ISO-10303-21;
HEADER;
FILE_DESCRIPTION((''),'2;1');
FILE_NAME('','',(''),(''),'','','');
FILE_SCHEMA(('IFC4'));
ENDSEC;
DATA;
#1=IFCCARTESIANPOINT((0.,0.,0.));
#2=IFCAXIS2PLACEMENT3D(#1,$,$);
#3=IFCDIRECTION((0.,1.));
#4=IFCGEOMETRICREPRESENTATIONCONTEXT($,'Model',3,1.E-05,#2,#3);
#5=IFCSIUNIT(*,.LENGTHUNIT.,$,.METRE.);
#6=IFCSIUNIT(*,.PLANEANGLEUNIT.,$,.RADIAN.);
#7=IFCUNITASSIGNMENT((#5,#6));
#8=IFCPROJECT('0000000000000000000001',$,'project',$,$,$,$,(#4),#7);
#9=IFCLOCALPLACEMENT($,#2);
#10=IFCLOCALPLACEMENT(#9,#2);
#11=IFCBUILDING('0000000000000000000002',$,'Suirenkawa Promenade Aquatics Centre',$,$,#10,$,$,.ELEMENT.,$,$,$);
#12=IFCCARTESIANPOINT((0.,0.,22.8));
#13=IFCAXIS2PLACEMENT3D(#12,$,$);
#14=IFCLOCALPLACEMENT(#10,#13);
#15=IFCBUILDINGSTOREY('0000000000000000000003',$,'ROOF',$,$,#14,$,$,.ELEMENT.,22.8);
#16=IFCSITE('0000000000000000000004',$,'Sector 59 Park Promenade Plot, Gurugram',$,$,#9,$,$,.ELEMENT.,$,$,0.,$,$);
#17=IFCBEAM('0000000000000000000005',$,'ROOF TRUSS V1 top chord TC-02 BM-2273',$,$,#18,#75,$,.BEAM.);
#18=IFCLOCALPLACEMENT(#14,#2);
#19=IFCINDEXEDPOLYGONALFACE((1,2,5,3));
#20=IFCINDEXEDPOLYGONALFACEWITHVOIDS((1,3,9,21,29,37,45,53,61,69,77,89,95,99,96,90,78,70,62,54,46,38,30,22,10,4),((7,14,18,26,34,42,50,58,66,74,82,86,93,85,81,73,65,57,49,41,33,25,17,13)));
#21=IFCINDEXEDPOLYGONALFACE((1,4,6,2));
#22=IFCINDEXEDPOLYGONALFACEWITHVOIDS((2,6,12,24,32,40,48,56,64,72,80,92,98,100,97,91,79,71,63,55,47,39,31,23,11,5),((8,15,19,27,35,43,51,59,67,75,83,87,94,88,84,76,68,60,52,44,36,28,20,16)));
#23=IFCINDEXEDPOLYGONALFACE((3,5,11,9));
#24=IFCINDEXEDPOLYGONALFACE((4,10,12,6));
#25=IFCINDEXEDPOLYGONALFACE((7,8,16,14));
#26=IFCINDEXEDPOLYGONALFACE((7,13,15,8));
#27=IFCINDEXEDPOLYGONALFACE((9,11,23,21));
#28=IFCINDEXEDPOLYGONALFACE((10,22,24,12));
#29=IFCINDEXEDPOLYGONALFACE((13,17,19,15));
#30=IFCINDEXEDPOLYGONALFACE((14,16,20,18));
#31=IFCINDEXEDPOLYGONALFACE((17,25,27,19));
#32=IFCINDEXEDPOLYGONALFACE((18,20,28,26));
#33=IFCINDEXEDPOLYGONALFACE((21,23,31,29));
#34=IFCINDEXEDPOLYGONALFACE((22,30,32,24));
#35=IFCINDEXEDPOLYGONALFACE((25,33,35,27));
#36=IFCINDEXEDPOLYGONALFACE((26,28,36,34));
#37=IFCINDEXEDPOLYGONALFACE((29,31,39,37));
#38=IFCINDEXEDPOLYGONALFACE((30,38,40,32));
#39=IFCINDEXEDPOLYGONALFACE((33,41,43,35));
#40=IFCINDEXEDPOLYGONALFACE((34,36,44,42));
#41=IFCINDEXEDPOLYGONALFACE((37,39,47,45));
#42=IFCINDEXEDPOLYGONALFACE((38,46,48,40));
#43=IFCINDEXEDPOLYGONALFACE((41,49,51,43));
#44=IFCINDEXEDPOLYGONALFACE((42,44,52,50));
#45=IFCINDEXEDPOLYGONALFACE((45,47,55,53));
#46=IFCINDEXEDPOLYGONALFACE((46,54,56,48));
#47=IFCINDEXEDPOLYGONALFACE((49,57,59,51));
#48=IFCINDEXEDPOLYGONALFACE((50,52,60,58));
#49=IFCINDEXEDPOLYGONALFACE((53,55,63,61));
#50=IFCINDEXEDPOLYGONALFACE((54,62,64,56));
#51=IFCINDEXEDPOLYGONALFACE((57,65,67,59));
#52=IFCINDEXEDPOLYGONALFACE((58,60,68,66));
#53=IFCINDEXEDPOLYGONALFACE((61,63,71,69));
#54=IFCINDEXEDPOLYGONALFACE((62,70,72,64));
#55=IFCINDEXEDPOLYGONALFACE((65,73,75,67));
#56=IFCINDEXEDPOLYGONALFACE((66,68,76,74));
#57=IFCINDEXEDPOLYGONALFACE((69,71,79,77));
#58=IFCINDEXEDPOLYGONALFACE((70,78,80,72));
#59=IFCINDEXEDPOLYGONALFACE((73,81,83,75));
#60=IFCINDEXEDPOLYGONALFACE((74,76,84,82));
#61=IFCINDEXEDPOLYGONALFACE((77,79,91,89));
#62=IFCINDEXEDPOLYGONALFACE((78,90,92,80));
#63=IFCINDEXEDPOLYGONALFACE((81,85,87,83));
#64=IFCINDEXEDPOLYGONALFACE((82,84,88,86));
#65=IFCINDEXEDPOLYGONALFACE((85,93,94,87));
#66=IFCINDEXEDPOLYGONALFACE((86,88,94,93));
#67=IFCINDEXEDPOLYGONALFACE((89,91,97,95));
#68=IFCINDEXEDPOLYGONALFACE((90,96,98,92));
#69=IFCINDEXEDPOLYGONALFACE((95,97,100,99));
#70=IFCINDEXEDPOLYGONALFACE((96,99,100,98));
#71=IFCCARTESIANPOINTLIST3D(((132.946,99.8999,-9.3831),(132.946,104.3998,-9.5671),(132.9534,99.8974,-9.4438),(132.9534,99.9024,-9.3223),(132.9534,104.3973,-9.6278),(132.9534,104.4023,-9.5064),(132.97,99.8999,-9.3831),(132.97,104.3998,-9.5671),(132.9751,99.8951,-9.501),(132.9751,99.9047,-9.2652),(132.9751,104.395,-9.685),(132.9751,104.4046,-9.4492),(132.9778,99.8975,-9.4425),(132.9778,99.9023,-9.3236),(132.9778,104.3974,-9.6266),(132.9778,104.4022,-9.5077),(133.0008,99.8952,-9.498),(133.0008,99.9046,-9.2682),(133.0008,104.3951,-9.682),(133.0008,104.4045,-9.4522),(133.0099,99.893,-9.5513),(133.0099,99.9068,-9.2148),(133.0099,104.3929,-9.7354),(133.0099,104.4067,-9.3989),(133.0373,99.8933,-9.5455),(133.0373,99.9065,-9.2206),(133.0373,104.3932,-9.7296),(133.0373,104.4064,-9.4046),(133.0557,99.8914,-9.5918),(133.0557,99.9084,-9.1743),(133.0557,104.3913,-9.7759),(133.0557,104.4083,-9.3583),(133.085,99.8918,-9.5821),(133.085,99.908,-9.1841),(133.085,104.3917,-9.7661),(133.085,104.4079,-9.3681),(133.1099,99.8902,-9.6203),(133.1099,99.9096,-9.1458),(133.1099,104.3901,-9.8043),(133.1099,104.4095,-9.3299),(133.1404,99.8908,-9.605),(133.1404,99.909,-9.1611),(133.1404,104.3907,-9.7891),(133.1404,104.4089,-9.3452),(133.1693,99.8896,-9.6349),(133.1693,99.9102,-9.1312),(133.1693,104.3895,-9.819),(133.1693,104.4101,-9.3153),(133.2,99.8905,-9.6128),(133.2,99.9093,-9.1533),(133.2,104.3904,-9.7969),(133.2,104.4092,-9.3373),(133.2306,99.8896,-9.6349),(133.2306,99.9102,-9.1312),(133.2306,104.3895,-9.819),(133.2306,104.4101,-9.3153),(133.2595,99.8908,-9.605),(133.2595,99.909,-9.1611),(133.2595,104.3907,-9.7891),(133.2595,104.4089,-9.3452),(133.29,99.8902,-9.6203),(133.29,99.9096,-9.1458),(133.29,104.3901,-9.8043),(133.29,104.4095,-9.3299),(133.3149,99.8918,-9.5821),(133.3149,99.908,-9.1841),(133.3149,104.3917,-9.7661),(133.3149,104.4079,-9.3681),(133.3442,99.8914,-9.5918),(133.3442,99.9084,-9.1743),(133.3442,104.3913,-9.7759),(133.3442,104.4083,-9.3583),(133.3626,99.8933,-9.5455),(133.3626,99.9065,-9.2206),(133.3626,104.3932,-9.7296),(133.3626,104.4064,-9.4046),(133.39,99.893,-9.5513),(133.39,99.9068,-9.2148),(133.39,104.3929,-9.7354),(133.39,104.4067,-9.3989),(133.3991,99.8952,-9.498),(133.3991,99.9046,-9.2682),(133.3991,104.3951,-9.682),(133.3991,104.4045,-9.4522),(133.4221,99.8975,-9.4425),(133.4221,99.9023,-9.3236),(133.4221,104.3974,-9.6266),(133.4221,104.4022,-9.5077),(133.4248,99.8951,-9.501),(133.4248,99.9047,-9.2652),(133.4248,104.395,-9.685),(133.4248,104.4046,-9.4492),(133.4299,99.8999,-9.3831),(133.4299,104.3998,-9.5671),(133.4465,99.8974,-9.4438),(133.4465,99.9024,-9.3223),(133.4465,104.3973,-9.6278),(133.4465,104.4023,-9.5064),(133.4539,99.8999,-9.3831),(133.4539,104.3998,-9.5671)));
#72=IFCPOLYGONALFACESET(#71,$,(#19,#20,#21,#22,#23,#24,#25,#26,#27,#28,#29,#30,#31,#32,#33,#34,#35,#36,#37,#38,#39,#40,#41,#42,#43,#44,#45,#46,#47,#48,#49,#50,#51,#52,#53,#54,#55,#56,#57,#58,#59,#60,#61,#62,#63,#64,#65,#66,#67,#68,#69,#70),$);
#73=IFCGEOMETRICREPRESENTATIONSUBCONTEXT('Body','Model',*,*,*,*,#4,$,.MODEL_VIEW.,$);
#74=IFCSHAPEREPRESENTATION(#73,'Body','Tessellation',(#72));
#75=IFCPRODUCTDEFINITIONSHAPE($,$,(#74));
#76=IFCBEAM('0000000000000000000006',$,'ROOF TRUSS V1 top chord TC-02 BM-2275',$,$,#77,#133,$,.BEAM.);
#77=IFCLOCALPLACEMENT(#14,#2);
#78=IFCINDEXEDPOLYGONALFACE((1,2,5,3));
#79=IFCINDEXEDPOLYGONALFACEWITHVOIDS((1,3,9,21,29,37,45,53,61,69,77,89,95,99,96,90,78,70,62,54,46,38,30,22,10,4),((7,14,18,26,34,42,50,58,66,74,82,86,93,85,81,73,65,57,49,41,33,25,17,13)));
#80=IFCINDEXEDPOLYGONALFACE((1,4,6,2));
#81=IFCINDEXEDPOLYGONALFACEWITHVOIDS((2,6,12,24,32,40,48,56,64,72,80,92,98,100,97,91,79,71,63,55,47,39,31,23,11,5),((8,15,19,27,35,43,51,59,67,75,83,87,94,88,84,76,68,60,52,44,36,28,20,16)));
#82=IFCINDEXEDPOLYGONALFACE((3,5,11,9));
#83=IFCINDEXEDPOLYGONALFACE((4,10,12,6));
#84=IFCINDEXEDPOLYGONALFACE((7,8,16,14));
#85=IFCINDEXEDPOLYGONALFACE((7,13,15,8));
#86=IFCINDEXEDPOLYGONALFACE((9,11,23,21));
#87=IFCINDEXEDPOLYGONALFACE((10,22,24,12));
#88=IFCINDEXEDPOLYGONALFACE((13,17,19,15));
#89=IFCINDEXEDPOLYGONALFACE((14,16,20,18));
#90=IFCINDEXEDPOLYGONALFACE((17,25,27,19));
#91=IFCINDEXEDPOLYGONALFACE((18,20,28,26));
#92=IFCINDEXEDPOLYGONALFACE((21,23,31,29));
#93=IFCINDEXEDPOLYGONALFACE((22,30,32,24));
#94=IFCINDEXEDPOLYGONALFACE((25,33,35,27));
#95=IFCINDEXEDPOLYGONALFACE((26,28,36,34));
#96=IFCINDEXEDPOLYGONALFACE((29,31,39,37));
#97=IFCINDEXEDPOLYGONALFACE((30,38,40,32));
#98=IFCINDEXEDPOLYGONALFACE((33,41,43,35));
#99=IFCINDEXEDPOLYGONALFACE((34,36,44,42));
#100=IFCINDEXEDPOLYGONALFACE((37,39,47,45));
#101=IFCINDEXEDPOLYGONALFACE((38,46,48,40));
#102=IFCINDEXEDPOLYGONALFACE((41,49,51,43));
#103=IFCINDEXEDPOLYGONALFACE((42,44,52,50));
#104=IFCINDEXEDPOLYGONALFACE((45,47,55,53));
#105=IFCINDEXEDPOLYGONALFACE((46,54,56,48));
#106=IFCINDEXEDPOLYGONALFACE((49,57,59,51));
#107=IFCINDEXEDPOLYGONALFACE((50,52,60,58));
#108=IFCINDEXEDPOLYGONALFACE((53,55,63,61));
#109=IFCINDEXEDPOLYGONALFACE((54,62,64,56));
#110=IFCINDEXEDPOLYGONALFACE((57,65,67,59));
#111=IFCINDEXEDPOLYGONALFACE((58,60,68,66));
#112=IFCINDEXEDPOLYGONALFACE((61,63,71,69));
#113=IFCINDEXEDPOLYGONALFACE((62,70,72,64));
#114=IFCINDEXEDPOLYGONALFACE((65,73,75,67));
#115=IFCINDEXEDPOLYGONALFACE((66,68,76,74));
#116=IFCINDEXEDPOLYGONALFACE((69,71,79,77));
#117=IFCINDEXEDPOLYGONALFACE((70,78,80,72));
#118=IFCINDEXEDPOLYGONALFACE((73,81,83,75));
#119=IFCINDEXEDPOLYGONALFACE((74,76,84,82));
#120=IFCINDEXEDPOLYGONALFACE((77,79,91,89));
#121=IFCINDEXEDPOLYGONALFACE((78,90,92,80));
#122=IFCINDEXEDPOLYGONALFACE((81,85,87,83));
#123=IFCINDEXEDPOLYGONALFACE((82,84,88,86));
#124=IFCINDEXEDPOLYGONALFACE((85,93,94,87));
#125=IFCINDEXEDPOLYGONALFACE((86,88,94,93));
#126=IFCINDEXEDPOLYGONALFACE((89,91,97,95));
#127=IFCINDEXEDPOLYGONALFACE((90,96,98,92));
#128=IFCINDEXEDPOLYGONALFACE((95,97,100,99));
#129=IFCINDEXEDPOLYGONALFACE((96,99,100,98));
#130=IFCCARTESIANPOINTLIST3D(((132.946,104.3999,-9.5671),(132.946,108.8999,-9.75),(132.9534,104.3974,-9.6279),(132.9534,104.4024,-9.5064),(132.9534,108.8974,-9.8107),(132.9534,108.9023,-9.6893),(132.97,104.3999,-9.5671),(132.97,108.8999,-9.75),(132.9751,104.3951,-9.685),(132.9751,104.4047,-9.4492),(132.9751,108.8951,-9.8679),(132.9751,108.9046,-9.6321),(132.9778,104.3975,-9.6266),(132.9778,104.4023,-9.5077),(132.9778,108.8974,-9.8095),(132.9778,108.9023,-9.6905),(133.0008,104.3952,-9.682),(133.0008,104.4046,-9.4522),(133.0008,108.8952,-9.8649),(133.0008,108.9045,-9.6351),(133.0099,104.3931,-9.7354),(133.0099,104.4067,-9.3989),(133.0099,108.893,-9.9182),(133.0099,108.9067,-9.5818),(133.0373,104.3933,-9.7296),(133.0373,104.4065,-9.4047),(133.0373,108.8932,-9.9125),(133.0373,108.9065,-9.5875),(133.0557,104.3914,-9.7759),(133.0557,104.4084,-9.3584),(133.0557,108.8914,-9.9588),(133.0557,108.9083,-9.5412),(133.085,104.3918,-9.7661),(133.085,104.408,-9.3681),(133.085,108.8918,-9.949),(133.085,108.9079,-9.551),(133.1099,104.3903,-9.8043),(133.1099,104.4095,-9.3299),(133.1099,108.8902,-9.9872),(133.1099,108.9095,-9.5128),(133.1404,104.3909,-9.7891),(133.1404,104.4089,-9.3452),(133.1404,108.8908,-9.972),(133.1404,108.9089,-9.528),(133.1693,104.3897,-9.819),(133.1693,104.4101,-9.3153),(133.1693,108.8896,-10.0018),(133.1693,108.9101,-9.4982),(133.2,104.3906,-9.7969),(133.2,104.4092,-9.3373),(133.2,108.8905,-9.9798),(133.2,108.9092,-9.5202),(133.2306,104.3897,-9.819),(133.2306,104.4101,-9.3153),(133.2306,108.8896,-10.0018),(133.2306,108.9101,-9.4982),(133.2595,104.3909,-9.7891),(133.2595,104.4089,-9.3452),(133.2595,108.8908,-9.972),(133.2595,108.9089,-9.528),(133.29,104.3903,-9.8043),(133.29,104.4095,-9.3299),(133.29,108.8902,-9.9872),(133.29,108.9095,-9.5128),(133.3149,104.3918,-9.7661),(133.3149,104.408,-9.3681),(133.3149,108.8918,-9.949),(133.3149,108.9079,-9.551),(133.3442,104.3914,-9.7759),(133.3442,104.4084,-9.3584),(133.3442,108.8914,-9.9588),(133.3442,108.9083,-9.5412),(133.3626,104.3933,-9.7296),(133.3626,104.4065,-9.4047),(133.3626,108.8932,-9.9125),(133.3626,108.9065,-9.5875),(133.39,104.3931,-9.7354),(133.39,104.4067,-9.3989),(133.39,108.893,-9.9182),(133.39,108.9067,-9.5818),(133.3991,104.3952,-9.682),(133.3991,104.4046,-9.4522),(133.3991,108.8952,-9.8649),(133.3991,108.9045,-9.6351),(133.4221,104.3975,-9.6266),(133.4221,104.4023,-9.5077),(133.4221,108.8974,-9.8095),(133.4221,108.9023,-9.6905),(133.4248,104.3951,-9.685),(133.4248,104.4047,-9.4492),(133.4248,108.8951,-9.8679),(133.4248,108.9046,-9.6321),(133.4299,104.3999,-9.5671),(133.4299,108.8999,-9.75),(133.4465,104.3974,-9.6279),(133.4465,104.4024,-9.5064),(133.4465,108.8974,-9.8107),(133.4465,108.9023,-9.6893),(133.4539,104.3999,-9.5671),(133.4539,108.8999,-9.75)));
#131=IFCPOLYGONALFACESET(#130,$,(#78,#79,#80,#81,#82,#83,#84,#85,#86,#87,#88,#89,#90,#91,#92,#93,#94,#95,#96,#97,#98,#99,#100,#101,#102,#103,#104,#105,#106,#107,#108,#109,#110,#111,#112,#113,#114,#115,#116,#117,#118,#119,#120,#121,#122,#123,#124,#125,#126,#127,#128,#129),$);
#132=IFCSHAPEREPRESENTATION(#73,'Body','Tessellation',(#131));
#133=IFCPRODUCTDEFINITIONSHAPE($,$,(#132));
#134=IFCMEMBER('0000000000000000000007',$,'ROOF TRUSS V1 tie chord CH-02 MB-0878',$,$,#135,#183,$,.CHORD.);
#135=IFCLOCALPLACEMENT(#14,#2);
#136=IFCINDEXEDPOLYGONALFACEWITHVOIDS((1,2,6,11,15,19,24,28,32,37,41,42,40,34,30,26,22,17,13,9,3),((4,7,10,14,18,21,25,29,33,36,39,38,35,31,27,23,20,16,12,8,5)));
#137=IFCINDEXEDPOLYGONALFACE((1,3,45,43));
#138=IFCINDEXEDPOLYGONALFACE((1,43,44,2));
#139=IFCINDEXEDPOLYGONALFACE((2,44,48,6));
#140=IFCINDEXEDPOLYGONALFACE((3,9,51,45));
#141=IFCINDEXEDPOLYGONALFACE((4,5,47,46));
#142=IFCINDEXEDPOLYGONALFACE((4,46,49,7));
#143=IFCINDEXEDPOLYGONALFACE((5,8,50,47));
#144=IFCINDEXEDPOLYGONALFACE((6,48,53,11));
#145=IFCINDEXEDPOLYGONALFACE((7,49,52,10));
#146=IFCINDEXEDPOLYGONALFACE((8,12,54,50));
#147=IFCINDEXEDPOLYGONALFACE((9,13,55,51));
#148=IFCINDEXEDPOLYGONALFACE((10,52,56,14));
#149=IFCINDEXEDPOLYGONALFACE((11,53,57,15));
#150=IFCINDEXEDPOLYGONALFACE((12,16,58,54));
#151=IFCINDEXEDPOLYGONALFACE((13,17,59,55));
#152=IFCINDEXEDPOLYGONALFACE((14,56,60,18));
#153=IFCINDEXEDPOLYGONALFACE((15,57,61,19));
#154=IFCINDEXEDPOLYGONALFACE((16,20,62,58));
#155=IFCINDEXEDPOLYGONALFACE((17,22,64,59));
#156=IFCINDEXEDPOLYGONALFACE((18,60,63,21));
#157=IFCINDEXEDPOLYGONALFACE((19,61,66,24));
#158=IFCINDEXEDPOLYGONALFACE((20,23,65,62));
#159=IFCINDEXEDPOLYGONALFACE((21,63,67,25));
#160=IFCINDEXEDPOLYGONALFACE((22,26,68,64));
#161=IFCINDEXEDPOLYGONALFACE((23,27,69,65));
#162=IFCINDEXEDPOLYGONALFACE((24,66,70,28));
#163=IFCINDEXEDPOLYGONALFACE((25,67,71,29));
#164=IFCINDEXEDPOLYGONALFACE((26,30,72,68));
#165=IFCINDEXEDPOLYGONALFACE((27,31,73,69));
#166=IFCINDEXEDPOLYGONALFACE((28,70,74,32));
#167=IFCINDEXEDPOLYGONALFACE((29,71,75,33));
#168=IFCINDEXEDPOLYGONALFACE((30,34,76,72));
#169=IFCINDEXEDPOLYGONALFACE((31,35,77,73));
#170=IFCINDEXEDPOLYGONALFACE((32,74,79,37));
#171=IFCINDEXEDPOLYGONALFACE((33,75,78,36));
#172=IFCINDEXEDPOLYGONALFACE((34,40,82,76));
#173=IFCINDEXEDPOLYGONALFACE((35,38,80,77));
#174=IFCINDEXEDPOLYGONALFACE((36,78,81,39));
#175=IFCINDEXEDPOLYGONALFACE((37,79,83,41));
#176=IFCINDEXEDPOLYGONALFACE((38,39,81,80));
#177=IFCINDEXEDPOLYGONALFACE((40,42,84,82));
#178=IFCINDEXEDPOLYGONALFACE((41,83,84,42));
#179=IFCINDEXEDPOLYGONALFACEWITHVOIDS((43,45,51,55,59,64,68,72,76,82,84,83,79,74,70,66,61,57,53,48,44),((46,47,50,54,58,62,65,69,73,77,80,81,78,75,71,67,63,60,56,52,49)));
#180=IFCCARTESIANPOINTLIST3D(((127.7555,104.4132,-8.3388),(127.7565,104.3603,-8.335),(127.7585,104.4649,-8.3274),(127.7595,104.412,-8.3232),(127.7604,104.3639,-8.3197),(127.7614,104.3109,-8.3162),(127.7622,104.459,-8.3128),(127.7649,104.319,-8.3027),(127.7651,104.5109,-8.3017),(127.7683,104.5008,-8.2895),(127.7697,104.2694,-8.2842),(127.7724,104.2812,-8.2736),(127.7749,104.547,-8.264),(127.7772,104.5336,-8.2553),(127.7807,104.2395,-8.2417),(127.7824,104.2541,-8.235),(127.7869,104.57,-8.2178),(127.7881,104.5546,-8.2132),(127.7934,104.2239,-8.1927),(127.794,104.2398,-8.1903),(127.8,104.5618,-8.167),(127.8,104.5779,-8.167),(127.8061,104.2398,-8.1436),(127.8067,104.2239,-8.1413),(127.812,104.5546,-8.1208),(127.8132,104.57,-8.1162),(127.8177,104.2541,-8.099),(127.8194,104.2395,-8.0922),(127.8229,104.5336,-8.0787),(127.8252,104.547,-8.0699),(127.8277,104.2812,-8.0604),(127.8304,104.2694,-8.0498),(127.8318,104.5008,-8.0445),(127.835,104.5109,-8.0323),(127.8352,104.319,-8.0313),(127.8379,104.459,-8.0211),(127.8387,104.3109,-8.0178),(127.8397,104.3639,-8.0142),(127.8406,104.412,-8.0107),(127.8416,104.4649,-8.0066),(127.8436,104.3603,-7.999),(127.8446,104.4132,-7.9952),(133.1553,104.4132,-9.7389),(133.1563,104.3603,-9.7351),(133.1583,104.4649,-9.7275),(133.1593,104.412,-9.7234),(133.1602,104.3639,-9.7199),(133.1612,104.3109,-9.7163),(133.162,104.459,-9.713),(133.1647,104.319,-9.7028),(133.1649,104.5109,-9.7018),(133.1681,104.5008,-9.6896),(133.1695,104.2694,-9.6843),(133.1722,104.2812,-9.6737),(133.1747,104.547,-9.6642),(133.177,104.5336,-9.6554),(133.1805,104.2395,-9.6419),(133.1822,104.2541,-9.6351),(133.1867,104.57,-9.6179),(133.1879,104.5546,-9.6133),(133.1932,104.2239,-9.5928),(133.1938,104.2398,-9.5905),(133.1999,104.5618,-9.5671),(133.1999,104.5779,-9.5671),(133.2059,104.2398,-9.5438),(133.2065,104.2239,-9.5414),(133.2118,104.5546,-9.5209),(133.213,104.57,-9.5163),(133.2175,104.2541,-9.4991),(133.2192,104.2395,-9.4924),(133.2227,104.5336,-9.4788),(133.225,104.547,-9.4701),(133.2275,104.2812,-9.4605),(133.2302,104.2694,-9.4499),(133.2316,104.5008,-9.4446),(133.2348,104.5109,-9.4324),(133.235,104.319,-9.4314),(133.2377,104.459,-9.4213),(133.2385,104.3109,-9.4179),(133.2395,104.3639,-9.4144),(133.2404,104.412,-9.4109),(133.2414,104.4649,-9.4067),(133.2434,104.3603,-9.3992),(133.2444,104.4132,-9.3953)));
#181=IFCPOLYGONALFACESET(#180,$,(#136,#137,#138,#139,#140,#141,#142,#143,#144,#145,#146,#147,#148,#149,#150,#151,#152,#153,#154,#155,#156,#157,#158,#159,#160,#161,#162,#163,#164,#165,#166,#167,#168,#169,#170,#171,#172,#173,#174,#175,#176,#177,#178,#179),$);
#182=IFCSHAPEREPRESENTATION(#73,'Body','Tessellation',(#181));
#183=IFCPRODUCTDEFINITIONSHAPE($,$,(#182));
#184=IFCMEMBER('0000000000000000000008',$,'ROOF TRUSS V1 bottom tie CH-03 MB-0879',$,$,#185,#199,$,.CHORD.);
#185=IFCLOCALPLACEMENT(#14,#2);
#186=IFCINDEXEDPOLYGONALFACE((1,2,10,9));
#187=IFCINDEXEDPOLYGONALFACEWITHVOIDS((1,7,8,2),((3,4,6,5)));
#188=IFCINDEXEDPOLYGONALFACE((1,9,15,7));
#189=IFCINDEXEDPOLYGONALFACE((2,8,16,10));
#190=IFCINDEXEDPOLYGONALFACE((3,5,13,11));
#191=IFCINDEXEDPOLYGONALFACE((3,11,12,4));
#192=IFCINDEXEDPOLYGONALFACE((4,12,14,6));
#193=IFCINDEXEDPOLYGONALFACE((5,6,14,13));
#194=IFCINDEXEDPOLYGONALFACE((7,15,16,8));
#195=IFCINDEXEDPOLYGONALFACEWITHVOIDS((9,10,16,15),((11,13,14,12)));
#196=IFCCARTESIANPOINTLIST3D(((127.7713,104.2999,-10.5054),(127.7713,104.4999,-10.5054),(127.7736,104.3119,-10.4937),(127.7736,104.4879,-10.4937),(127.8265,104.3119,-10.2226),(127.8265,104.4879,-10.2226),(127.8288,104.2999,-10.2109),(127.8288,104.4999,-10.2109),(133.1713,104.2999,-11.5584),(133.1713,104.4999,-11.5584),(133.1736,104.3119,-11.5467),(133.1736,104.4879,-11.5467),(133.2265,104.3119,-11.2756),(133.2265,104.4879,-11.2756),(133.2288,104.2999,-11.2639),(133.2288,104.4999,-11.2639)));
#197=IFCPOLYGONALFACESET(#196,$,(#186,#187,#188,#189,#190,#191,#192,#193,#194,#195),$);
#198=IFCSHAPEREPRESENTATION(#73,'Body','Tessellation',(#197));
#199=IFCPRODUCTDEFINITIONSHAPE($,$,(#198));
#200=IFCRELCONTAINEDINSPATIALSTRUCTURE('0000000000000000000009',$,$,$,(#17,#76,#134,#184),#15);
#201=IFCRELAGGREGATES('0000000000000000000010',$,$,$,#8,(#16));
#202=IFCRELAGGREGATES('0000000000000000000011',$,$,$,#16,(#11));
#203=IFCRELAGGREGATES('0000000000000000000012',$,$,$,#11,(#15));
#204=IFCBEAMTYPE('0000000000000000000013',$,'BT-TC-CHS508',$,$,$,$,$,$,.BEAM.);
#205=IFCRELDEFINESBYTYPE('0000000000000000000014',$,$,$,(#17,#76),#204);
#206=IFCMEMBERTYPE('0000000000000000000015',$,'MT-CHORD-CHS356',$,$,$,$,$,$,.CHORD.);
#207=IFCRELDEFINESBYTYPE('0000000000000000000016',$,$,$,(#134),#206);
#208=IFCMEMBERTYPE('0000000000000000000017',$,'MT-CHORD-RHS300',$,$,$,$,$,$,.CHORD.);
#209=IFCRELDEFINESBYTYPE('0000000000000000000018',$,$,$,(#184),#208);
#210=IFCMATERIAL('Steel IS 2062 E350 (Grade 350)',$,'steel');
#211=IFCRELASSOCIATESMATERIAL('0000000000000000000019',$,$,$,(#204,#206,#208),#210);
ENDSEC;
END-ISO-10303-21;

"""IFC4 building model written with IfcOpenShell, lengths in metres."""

from ifc_helpers import new_model, si_unit, direction, frame, origin, origin_2d, place, context, subcontext, project, spatial, hollow_rectangle, hollow_circle, extrude, material, material_profile, profile_set, type_object, element, save


model = new_model("IFC4")

# Units and contexts
model_context = context("Model", 3, precision=1e-05, world=origin(), true_north=direction((0.0, 1.0)))
body_context = subcontext(model_context, "Body", "Model", "MODEL_VIEW")
ifc_project = project(units=[si_unit("LENGTHUNIT", "METRE"), si_unit("PLANEANGLEUNIT", "RADIAN")], contexts=[model_context])

# Site, building, storey
site_placement = place(None, origin())
site = spatial("IfcSite", under=ifc_project, at=site_placement, Name="Sector 59 Park Promenade Plot, Gurugram", CompositionType="ELEMENT", RefElevation=0.0)
building_placement = place(site_placement, origin())
building = spatial("IfcBuilding", under=site, at=building_placement, Name="Suirenkawa Promenade Aquatics Centre", CompositionType="ELEMENT")
storey_placement = place(building_placement, frame((0.0, 0.0, 22.8)))
storey = spatial("IfcBuildingStorey", under=building, at=storey_placement, Name="ROOF", CompositionType="ELEMENT", Elevation=22.8)

# Beams
ifc_material = material(Name="Steel IS 2062 E350 (Grade 350)", Category="steel")
ifc_material_profile_1 = material_profile(ifc_material, hollow_circle(Radius=0.2539, WallThickness=0.0239, at=origin_2d()), Name="CHS 508x24", Category="steel")
ifc_profile_set_1 = profile_set([ifc_material_profile_1], Name="Steel IS 2062 E350 (Grade 350)")
beam_type_1 = type_object("IfcBeamType", Name="BT-TC-CHS508", PredefinedType="BEAM", material=ifc_profile_set_1)
for number, where, z_axis, x_axis, name in (
    (1, (133.2, 99.8999, -9.3831), (0.0, 0.999164, -0.040873), (-1.0, 0.0, 0.0), "ROOF TRUSS V1 top chord TC-02 BM-2273"),
    (2, (133.2, 104.3999, -9.5671), (0.0, 0.999175, -0.040602), (-1.0, 0.0, 0.0), "ROOF TRUSS V1 top chord TC-02 BM-2275"),
):
    element("IfcBeam", number, at=place(storey_placement, frame(where, z_axis=z_axis, x_axis=x_axis)), inside=storey, type_object=beam_type_1, Name=name, PredefinedType="BEAM", context=body_context, shape_type="SweptSolid", body=[
        extrude(hollow_circle(Radius=0.2539, WallThickness=0.0239, at=origin_2d()), origin(), (0.0, 0.0, 1.0), 4.5037),
    ])

# Members
ifc_material_profile_2 = material_profile(ifc_material, hollow_circle(Radius=0.178, WallThickness=0.0161, at=origin_2d()), Name="CHS 356x16", Category="steel")
ifc_profile_set_2 = profile_set([ifc_material_profile_2], Name="Steel IS 2062 E350 (Grade 350)")
member_type_1 = type_object("IfcMemberType", Name="MT-CHORD-CHS356", PredefinedType="CHORD", material=ifc_profile_set_2)
member_1_placement = place(storey_placement, frame((127.8, 104.3999, -8.167), z_axis=(0.967989, 0.0, -0.250991), x_axis=(0.0, 1.0, 0.0)))
element("IfcMember", 3, at=member_1_placement, inside=storey, type_object=member_type_1, Name="ROOF TRUSS V1 tie chord CH-02 MB-0878", PredefinedType="CHORD", context=body_context, shape_type="SweptSolid", body=[
    extrude(hollow_circle(Radius=0.178, WallThickness=0.0161, at=origin_2d()), origin(), (0.0, 0.0, 1.0), 5.5784),
])
ifc_material_profile_3 = material_profile(ifc_material, hollow_rectangle(XDim=0.2, YDim=0.3, WallThickness=0.012, at=origin_2d()), Name="RHS 300x200x12", Category="steel")
ifc_profile_set_3 = profile_set([ifc_material_profile_3], Name="Steel IS 2062 E350 (Grade 350)")
member_type_2 = type_object("IfcMemberType", Name="MT-CHORD-RHS300", PredefinedType="CHORD", material=ifc_profile_set_3)
member_2_placement = place(storey_placement, frame((127.8, 104.3999, -10.3582), z_axis=(0.981513, 0.0, -0.191395), x_axis=(0.0, 1.0, 0.0)))
element("IfcMember", 4, at=member_2_placement, inside=storey, type_object=member_type_2, Name="ROOF TRUSS V1 bottom tie CH-03 MB-0879", PredefinedType="CHORD", context=body_context, shape_type="SweptSolid", body=[
    extrude(hollow_rectangle(XDim=0.2, YDim=0.3, WallThickness=0.012, at=origin_2d()), origin(), (0.0, 0.0, 1.0), 5.5017),
])

save(model, "model.ifc")
